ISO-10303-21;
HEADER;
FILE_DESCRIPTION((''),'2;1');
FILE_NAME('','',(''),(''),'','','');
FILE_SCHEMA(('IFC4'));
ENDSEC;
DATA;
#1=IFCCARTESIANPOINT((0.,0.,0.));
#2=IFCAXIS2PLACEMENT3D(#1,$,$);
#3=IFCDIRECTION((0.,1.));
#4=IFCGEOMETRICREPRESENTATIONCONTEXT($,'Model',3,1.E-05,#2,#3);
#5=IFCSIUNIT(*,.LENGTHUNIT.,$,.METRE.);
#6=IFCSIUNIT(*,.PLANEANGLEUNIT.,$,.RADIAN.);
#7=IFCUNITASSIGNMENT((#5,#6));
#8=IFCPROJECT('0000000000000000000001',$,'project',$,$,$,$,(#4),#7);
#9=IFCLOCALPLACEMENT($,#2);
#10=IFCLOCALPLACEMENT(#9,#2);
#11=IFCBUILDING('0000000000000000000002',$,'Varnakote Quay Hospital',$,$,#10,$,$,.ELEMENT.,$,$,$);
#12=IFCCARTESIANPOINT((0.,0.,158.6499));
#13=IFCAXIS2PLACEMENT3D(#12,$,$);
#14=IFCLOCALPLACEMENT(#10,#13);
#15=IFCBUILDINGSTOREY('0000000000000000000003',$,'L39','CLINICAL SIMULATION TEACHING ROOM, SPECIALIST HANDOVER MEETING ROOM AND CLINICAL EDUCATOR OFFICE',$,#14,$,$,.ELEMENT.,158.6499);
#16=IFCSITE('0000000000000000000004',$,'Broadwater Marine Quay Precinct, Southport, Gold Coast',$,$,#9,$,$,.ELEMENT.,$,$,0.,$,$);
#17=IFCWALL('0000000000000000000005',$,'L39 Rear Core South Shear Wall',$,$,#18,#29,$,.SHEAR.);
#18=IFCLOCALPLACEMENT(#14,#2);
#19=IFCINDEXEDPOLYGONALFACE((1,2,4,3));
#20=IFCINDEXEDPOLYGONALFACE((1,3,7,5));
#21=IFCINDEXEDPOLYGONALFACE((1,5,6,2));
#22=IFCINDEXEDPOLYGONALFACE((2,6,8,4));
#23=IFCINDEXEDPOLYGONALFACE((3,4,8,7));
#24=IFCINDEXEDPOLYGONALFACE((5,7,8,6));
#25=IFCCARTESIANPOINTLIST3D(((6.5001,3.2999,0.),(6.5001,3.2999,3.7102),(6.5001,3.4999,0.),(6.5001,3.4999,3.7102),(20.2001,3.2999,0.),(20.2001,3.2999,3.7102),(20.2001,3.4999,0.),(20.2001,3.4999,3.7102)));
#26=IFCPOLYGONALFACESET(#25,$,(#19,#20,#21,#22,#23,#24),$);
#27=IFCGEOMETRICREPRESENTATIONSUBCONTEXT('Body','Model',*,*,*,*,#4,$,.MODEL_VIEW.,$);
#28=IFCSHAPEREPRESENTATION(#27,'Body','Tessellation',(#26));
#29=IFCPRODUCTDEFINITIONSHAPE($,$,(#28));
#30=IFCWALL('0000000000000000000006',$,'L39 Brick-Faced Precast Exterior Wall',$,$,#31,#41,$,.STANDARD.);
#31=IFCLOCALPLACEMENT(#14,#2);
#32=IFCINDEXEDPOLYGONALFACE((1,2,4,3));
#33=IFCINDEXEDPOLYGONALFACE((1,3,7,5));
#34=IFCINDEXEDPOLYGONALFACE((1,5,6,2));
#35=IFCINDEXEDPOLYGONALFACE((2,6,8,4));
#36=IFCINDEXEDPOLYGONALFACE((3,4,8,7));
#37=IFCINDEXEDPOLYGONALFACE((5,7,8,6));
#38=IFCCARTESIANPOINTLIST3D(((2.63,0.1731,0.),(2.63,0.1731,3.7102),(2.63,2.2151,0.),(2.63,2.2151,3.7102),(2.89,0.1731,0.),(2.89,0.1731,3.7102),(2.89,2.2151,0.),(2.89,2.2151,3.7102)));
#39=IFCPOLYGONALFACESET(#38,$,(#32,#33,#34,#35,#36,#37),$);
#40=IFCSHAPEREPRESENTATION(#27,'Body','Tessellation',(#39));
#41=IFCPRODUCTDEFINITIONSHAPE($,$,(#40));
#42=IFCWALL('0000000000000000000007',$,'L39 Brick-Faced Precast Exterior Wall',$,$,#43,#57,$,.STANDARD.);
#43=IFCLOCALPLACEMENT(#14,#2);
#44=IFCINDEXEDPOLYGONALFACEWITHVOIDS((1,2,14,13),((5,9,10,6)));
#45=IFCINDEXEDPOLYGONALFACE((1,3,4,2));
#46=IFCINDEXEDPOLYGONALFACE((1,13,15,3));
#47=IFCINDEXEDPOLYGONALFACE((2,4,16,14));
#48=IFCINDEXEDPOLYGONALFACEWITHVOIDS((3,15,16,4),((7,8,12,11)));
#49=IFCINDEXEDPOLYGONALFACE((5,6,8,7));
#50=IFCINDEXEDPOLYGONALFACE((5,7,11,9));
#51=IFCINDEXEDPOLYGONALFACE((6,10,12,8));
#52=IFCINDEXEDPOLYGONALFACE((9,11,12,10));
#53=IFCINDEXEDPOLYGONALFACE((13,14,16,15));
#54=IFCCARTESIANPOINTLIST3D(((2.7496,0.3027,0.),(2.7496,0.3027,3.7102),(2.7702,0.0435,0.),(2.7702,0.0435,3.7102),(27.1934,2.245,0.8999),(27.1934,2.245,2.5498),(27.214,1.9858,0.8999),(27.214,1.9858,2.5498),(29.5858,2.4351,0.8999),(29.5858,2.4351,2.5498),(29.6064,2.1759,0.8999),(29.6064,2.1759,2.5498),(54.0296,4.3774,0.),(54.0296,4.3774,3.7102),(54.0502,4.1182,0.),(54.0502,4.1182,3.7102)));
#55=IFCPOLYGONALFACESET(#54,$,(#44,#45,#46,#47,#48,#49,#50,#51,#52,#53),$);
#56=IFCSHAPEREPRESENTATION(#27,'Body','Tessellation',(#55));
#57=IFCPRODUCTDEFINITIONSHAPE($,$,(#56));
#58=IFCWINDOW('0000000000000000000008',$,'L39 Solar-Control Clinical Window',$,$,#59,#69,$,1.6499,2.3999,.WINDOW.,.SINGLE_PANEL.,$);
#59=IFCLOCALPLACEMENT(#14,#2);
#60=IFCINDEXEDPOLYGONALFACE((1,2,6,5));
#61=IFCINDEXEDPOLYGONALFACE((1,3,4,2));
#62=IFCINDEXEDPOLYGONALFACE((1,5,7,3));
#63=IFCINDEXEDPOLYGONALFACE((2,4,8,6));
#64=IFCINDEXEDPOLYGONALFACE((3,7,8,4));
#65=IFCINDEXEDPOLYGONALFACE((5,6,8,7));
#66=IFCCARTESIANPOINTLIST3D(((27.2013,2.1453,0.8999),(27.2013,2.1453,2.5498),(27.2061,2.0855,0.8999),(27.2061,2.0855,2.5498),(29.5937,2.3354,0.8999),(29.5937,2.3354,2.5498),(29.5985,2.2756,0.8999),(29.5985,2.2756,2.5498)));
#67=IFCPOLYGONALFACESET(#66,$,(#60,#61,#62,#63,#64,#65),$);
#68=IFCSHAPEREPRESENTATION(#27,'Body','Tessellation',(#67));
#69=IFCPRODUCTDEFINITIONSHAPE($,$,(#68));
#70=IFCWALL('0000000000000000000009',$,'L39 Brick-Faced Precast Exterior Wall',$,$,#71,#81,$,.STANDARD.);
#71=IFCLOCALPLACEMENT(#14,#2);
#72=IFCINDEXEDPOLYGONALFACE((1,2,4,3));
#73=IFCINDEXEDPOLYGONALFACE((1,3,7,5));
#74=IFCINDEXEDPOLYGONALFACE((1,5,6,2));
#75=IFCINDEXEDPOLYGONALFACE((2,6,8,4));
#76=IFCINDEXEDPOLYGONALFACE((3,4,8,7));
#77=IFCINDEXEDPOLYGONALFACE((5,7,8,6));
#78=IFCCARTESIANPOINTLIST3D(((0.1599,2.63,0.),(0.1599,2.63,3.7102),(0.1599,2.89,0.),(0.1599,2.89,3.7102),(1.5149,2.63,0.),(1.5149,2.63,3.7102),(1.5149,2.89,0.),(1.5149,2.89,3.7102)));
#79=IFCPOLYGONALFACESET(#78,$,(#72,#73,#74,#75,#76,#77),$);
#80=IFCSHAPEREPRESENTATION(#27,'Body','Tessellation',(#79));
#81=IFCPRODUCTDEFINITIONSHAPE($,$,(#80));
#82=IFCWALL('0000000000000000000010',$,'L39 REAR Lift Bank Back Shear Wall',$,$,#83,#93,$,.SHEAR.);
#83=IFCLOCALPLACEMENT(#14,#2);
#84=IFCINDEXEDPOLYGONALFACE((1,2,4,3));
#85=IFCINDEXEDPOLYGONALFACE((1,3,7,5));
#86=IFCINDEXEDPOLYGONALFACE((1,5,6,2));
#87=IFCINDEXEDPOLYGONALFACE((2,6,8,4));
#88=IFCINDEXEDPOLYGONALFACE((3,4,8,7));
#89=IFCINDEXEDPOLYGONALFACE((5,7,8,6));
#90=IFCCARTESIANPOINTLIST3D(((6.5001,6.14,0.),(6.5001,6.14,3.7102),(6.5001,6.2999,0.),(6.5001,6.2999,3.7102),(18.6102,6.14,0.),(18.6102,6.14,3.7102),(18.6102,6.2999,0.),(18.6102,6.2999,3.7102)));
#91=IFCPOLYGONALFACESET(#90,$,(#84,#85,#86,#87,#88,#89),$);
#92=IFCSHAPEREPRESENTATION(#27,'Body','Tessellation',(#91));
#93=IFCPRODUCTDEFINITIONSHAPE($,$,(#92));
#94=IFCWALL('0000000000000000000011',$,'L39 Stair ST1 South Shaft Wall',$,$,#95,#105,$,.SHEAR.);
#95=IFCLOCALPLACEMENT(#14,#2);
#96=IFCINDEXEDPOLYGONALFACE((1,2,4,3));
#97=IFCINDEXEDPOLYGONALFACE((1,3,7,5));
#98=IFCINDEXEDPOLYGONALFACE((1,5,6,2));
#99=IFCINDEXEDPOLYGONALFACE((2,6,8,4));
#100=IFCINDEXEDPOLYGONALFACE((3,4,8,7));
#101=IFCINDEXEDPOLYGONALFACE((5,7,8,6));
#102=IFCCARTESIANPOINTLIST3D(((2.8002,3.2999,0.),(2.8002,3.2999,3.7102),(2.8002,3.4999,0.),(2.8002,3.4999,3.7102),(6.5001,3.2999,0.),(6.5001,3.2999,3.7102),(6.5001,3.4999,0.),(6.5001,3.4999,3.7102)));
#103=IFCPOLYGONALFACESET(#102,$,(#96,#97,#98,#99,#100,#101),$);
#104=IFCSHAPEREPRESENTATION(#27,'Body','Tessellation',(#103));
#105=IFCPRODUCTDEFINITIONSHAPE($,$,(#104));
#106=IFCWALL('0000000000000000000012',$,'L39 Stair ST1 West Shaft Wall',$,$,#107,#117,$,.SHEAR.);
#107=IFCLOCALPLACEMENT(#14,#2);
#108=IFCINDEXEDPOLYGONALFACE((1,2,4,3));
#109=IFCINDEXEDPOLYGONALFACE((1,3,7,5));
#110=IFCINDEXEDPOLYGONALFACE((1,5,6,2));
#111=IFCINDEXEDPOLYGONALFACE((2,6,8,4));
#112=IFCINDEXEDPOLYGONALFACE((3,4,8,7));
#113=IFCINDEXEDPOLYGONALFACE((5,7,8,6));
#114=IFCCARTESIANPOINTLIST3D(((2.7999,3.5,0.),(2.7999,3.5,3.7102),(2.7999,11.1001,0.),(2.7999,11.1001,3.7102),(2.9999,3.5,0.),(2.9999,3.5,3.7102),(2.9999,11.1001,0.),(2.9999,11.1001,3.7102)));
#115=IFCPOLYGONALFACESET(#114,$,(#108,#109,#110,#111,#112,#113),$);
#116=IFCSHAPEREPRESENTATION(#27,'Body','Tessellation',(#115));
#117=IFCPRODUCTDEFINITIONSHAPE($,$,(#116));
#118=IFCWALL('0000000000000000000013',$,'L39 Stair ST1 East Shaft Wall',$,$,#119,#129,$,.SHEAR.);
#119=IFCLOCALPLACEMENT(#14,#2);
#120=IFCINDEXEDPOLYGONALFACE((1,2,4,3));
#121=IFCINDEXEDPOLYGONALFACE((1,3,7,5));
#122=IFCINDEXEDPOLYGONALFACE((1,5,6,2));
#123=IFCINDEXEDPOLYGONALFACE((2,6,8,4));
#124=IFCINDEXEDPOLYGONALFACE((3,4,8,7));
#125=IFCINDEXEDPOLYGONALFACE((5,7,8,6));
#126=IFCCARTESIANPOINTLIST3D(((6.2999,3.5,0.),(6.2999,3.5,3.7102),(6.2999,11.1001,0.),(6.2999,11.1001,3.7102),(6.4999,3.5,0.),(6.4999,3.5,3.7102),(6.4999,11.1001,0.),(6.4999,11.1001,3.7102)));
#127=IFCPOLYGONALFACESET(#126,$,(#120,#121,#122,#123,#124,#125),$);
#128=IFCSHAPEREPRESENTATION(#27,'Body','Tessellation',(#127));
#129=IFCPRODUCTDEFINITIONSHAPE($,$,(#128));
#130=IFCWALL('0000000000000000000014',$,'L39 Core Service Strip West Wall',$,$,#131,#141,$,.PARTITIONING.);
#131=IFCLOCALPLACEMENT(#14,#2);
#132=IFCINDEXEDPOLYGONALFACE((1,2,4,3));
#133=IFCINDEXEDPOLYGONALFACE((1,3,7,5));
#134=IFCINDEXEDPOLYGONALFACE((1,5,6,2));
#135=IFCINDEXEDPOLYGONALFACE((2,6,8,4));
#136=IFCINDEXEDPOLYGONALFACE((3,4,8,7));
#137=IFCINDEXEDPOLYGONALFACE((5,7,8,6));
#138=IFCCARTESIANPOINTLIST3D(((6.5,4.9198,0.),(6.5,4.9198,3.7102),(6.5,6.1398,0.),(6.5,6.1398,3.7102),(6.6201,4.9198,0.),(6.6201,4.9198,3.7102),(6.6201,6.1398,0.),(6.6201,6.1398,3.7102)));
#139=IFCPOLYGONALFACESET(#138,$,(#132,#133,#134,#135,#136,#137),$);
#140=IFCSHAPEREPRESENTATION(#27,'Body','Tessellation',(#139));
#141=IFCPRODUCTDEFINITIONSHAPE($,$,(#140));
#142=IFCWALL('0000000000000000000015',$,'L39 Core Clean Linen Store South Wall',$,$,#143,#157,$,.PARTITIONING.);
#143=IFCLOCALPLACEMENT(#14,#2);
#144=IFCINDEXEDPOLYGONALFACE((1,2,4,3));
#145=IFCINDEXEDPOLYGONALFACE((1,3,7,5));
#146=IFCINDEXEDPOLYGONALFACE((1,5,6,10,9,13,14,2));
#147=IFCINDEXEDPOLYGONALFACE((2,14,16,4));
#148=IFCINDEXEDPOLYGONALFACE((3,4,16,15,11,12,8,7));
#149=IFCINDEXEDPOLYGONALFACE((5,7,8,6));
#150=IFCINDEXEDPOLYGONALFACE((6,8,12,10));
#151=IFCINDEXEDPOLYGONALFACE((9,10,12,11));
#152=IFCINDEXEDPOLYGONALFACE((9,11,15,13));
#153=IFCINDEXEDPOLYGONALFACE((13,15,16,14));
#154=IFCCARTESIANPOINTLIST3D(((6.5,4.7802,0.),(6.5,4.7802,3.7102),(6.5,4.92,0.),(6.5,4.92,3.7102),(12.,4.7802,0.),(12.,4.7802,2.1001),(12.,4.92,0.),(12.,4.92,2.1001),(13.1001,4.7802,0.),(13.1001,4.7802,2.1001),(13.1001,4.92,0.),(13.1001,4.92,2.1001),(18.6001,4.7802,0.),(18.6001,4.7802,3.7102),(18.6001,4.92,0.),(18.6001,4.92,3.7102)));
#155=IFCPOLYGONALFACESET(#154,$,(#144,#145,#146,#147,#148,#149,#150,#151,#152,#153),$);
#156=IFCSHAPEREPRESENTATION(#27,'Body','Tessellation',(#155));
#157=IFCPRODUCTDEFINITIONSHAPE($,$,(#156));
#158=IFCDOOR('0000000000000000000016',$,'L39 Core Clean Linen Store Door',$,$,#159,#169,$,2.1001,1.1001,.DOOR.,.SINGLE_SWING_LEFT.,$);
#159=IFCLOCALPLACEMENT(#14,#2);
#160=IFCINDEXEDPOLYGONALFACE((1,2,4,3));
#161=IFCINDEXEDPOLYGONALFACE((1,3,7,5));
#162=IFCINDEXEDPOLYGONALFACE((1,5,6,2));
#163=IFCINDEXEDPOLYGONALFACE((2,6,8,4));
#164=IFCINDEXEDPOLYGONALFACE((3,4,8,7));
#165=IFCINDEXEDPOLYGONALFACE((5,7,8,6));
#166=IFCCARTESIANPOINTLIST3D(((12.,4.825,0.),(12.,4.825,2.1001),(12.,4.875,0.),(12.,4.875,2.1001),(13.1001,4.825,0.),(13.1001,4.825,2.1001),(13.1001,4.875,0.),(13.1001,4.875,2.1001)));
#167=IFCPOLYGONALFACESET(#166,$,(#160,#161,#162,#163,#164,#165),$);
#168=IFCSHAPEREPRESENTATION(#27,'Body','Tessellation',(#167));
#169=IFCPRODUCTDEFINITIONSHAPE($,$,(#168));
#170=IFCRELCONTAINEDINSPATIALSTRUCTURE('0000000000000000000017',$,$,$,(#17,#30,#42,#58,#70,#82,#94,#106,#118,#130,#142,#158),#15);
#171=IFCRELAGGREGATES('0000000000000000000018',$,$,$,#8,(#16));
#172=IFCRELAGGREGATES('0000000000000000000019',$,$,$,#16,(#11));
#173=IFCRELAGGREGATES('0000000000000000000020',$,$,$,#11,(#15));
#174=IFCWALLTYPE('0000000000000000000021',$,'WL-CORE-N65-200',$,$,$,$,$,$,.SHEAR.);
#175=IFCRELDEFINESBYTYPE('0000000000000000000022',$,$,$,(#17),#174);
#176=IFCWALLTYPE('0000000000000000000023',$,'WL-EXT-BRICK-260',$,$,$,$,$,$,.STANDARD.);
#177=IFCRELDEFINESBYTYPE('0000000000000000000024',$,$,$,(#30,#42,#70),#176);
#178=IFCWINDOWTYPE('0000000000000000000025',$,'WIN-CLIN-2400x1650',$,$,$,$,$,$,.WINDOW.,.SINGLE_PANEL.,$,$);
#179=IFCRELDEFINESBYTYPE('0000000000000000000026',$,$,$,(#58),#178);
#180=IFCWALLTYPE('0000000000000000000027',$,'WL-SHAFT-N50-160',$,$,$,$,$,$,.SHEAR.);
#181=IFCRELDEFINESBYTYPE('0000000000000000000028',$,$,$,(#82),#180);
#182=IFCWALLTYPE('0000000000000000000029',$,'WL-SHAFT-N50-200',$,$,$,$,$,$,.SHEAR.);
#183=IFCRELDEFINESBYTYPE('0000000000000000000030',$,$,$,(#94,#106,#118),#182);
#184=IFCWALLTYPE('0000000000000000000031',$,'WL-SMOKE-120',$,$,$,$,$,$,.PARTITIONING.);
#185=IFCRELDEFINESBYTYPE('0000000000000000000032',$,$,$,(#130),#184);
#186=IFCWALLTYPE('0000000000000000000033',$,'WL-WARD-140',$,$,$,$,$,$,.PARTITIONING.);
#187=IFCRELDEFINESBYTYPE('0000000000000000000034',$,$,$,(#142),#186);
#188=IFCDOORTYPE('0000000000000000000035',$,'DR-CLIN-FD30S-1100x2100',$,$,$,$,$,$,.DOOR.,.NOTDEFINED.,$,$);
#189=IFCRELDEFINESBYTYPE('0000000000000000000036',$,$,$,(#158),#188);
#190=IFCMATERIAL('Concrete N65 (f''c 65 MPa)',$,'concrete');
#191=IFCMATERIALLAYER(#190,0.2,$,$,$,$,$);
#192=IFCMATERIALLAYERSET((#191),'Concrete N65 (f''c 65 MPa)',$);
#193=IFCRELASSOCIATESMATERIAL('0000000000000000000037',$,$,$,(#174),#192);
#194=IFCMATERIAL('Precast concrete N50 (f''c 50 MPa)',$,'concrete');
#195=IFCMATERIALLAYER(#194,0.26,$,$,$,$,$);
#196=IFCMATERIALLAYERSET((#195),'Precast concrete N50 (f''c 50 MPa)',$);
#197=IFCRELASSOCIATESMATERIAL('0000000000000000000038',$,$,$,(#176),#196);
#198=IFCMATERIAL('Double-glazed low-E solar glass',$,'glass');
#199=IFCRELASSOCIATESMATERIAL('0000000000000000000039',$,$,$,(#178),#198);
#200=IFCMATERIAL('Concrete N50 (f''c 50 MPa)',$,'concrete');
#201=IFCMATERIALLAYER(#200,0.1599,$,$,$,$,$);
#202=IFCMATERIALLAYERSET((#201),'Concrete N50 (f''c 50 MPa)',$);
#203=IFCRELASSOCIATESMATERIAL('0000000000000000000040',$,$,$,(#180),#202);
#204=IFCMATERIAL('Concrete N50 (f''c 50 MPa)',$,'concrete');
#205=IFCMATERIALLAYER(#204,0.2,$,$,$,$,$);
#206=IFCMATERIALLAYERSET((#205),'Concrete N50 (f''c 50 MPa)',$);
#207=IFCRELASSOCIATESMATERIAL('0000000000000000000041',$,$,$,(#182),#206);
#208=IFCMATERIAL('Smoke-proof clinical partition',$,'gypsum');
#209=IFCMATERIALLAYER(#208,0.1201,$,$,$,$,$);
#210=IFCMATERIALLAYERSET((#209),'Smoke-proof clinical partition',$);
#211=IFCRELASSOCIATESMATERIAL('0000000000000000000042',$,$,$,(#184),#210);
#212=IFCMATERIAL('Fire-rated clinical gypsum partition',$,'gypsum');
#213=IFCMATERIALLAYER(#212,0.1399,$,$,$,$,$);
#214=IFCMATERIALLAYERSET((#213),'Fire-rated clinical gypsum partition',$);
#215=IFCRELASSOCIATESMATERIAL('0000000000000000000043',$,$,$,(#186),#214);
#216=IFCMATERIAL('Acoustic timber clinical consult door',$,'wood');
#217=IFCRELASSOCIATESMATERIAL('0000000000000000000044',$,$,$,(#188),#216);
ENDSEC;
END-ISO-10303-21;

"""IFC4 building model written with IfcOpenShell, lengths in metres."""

from ifc_helpers import new_model, si_unit, direction, frame, frame_2d, origin, place, context, subcontext, project, spatial, rectangle, extrude, material, layer, layer_set, type_object, element, fill, save


model = new_model("IFC4")

# Units and contexts
model_context = context("Model", 3, precision=1e-05, world=origin(), true_north=direction((0.0, 1.0)))
body_context = subcontext(model_context, "Body", "Model", "MODEL_VIEW")
ifc_project = project(units=[si_unit("LENGTHUNIT", "METRE"), si_unit("PLANEANGLEUNIT", "RADIAN")], contexts=[model_context])

# Site, building, storey
site_placement = place(None, origin())
site = spatial("IfcSite", under=ifc_project, at=site_placement, Name="Broadwater Marine Quay Precinct, Southport, Gold Coast", CompositionType="ELEMENT", RefElevation=0.0)
building_placement = place(site_placement, origin())
building = spatial("IfcBuilding", under=site, at=building_placement, Name="Varnakote Quay Hospital", CompositionType="ELEMENT")
storey_placement = place(building_placement, frame((0.0, 0.0, 158.6499)))
storey = spatial("IfcBuildingStorey", under=building, at=storey_placement, Name="L39", Description="CLINICAL SIMULATION TEACHING ROOM, SPECIALIST HANDOVER MEETING ROOM AND CLINICAL EDUCATOR OFFICE", CompositionType="ELEMENT", Elevation=158.6499)

# Walls
ifc_material_1 = material(Name="Concrete N65 (f'c 65 MPa)", Category="concrete")
ifc_layer_1 = layer(ifc_material_1, 0.2)
ifc_layer_set_1 = layer_set([ifc_layer_1], Name="Concrete N65 (f'c 65 MPa)")
wall_type_1 = type_object("IfcWallType", Name="WL-CORE-N65-200", PredefinedType="SHEAR", material=ifc_layer_set_1)
wall_1_placement = place(storey_placement, frame((6.5, 3.3999, 0.0), z_axis=(0.0, 0.0, 1.0), x_axis=(1.0, 0.0, 0.0)))
element("IfcWall", 1, at=wall_1_placement, inside=storey, type_object=wall_type_1, Name="L39 Rear Core South Shear Wall", PredefinedType="SHEAR", context=body_context, shape_type="SweptSolid", body=[
    extrude(rectangle(XDim=13.7, YDim=0.2, at=frame_2d((6.8501, 0.0))), origin(), (0.0, 0.0, 1.0), 3.7102),
])
ifc_material_2 = material(Name="Precast concrete N50 (f'c 50 MPa)", Category="concrete")
ifc_layer_2 = layer(ifc_material_2, 0.26)
ifc_layer_set_2 = layer_set([ifc_layer_2], Name="Precast concrete N50 (f'c 50 MPa)")
wall_type_2 = type_object("IfcWallType", Name="WL-EXT-BRICK-260", PredefinedType="STANDARD", material=ifc_layer_set_2)
wall_2_placement = place(storey_placement, frame((2.76, 2.2151, 0.0), z_axis=(0.0, 0.0, 1.0), x_axis=(0.0, -1.0, 0.0)))
element("IfcWall", 2, at=wall_2_placement, inside=storey, type_object=wall_type_2, Name="L39 Brick-Faced Precast Exterior Wall", PredefinedType="STANDARD", context=body_context, shape_type="SweptSolid", body=[
    extrude(rectangle(XDim=2.042, YDim=0.26, at=frame_2d((1.021, 0.0))), origin(), (0.0, 0.0, 1.0), 3.7102),
])

# Wall, opening, window
wall_3_placement = place(storey_placement, frame((2.76, 0.1731, 0.0), z_axis=(0.0, 0.0, 1.0), x_axis=(0.996858, 0.07921, 0.0)))
wall_3 = element("IfcWall", 3, at=wall_3_placement, inside=storey, type_object=wall_type_2, Name="L39 Brick-Faced Precast Exterior Wall", PredefinedType="STANDARD", context=body_context, shape_type="SweptSolid", body=[
    extrude(rectangle(XDim=51.4417, YDim=0.26, at=frame_2d((25.7207, 0.0))), origin(), (0.0, 0.0, 1.0), 3.7102),
])
opening_1_placement = place(wall_3_placement, frame((24.5208, 0.0, 0.8999)))
opening_1 = element("IfcOpeningElement", 4, at=opening_1_placement, cuts=wall_3, PredefinedType="OPENING", context=body_context, shape_type="SweptSolid", body=[
    extrude(rectangle(XDim=2.3999, YDim=1.6499, at=frame_2d((1.2, 0.825))), frame((0.0, 0.1399, 0.0), z_axis=(0.0, -1.0, 0.0), x_axis=(1.0, 0.0, 0.0)), (0.0, 0.0, 1.0), 0.28),
])
ifc_material_3 = material(Name="Double-glazed low-E solar glass", Category="glass")
window_type = type_object("IfcWindowType", Name="WIN-CLIN-2400x1650", PartitioningType="SINGLE_PANEL", PredefinedType="WINDOW", material=ifc_material_3)
window_placement = place(opening_1_placement, origin())
window = element("IfcWindow", 5, at=window_placement, inside=storey, type_object=window_type, Name="L39 Solar-Control Clinical Window", OverallHeight=1.6499, OverallWidth=2.3999, PartitioningType="SINGLE_PANEL", PredefinedType="WINDOW", context=body_context, shape_type="SweptSolid", body=[
    extrude(rectangle(XDim=2.3999, YDim=1.6499, at=frame_2d((1.2, 0.825))), frame((0.0, 0.03, 0.0), z_axis=(0.0, -1.0, 0.0), x_axis=(1.0, 0.0, 0.0)), (0.0, 0.0, 1.0), 0.0601),
])
fill(opening_1, window)

# Walls
wall_4_placement = place(storey_placement, frame((0.1599, 2.76, 0.0), z_axis=(0.0, 0.0, 1.0), x_axis=(1.0, 0.0, 0.0)))
element("IfcWall", 6, at=wall_4_placement, inside=storey, type_object=wall_type_2, Name="L39 Brick-Faced Precast Exterior Wall", PredefinedType="STANDARD", context=body_context, shape_type="SweptSolid", body=[
    extrude(rectangle(XDim=1.355, YDim=0.26, at=frame_2d((0.6775, 0.0))), origin(), (0.0, 0.0, 1.0), 3.7102),
])
ifc_material_4 = material(Name="Concrete N50 (f'c 50 MPa)", Category="concrete")
ifc_layer_3 = layer(ifc_material_4, 0.1599)
ifc_layer_set_3 = layer_set([ifc_layer_3], Name="Concrete N50 (f'c 50 MPa)")
wall_type_3 = type_object("IfcWallType", Name="WL-SHAFT-N50-160", PredefinedType="SHEAR", material=ifc_layer_set_3)
wall_5_placement = place(storey_placement, frame((6.5, 6.22, 0.0), z_axis=(0.0, 0.0, 1.0), x_axis=(1.0, 0.0, 0.0)))
element("IfcWall", 7, at=wall_5_placement, inside=storey, type_object=wall_type_3, Name="L39 REAR Lift Bank Back Shear Wall", PredefinedType="SHEAR", context=body_context, shape_type="SweptSolid", body=[
    extrude(rectangle(XDim=12.1101, YDim=0.1599, at=frame_2d((6.0552, 0.0))), origin(), (0.0, 0.0, 1.0), 3.7102),
])
ifc_material_5 = material(Name="Concrete N50 (f'c 50 MPa)", Category="concrete")
ifc_layer_4 = layer(ifc_material_5, 0.2)
ifc_layer_set_4 = layer_set([ifc_layer_4], Name="Concrete N50 (f'c 50 MPa)")
wall_type_4 = type_object("IfcWallType", Name="WL-SHAFT-N50-200", PredefinedType="SHEAR", material=ifc_layer_set_4)
wall_6_placement = place(storey_placement, frame((2.8, 3.3999, 0.0), z_axis=(0.0, 0.0, 1.0), x_axis=(1.0, 0.0, 0.0)))
element("IfcWall", 8, at=wall_6_placement, inside=storey, type_object=wall_type_4, Name="L39 Stair ST1 South Shaft Wall", PredefinedType="SHEAR", context=body_context, shape_type="SweptSolid", body=[
    extrude(rectangle(XDim=3.7, YDim=0.2, at=frame_2d((1.8501, 0.0))), origin(), (0.0, 0.0, 1.0), 3.7102),
])
for number, where, z_axis, x_axis, name in (
    (9, (2.8999, 3.5, 0.0), (0.0, 0.0, 1.0), (0.0, 1.0, 0.0), "L39 Stair ST1 West Shaft Wall"),
    (10, (6.3999, 3.5, 0.0), (0.0, 0.0, 1.0), (0.0, 1.0, 0.0), "L39 Stair ST1 East Shaft Wall"),
):
    element("IfcWall", number, at=place(storey_placement, frame(where, z_axis=z_axis, x_axis=x_axis)), inside=storey, type_object=wall_type_4, Name=name, PredefinedType="SHEAR", context=body_context, shape_type="SweptSolid", body=[
        extrude(rectangle(XDim=7.6001, YDim=0.2, at=frame_2d((3.8, 0.0))), origin(), (0.0, 0.0, 1.0), 3.7102),
    ])
ifc_material_6 = material(Name="Smoke-proof clinical partition", Category="gypsum")
ifc_layer_5 = layer(ifc_material_6, 0.1201)
ifc_layer_set_5 = layer_set([ifc_layer_5], Name="Smoke-proof clinical partition")
wall_type_5 = type_object("IfcWallType", Name="WL-SMOKE-120", PredefinedType="PARTITIONING", material=ifc_layer_set_5)
wall_7_placement = place(storey_placement, frame((6.5601, 4.9199, 0.0), z_axis=(0.0, 0.0, 1.0), x_axis=(0.0, 1.0, 0.0)))
element("IfcWall", 11, at=wall_7_placement, inside=storey, type_object=wall_type_5, Name="L39 Core Service Strip West Wall", PredefinedType="PARTITIONING", context=body_context, shape_type="SweptSolid", body=[
    extrude(rectangle(XDim=1.22, YDim=0.1201, at=frame_2d((0.6099, 0.0))), origin(), (0.0, 0.0, 1.0), 3.7102),
])

# Wall, opening, door
ifc_material_7 = material(Name="Fire-rated clinical gypsum partition", Category="gypsum")
ifc_layer_6 = layer(ifc_material_7, 0.1399)
ifc_layer_set_6 = layer_set([ifc_layer_6], Name="Fire-rated clinical gypsum partition")
wall_type_6 = type_object("IfcWallType", Name="WL-WARD-140", PredefinedType="PARTITIONING", material=ifc_layer_set_6)
wall_8_placement = place(storey_placement, frame((6.5, 4.8501, 0.0), z_axis=(0.0, 0.0, 1.0), x_axis=(1.0, 0.0, 0.0)))
wall_8 = element("IfcWall", 12, at=wall_8_placement, inside=storey, type_object=wall_type_6, Name="L39 Core Clean Linen Store South Wall", PredefinedType="PARTITIONING", context=body_context, shape_type="SweptSolid", body=[
    extrude(rectangle(XDim=12.1001, YDim=0.1399, at=frame_2d((6.05, 0.0))), origin(), (0.0, 0.0, 1.0), 3.7102),
])
opening_2_placement = place(wall_8_placement, frame((5.5, 0.0, 0.0)))
opening_2 = element("IfcOpeningElement", 13, at=opening_2_placement, cuts=wall_8, PredefinedType="OPENING", context=body_context, shape_type="SweptSolid", body=[
    extrude(rectangle(XDim=1.1001, YDim=2.1001, at=frame_2d((0.55, 1.05))), frame((0.0, 0.0798, 0.0), z_axis=(0.0, -1.0, 0.0), x_axis=(1.0, 0.0, 0.0)), (0.0, 0.0, 1.0), 0.1599),
])
ifc_material_8 = material(Name="Acoustic timber clinical consult door", Category="wood")
door_type = type_object("IfcDoorType", Name="DR-CLIN-FD30S-1100x2100", OperationType="NOTDEFINED", PredefinedType="DOOR", material=ifc_material_8)
door_placement = place(opening_2_placement, origin())
door = element("IfcDoor", 14, at=door_placement, inside=storey, type_object=door_type, Name="L39 Core Clean Linen Store Door", OperationType="SINGLE_SWING_LEFT", OverallHeight=2.1001, OverallWidth=1.1001, PredefinedType="DOOR", context=body_context, shape_type="SweptSolid", body=[
    extrude(rectangle(XDim=1.1001, YDim=2.1001, at=frame_2d((0.55, 1.05))), frame((0.0, 0.0249, 0.0), z_axis=(0.0, -1.0, 0.0), x_axis=(1.0, 0.0, 0.0)), (0.0, 0.0, 1.0), 0.05),
])
fill(opening_2, door)

save(model, "model.ifc")
